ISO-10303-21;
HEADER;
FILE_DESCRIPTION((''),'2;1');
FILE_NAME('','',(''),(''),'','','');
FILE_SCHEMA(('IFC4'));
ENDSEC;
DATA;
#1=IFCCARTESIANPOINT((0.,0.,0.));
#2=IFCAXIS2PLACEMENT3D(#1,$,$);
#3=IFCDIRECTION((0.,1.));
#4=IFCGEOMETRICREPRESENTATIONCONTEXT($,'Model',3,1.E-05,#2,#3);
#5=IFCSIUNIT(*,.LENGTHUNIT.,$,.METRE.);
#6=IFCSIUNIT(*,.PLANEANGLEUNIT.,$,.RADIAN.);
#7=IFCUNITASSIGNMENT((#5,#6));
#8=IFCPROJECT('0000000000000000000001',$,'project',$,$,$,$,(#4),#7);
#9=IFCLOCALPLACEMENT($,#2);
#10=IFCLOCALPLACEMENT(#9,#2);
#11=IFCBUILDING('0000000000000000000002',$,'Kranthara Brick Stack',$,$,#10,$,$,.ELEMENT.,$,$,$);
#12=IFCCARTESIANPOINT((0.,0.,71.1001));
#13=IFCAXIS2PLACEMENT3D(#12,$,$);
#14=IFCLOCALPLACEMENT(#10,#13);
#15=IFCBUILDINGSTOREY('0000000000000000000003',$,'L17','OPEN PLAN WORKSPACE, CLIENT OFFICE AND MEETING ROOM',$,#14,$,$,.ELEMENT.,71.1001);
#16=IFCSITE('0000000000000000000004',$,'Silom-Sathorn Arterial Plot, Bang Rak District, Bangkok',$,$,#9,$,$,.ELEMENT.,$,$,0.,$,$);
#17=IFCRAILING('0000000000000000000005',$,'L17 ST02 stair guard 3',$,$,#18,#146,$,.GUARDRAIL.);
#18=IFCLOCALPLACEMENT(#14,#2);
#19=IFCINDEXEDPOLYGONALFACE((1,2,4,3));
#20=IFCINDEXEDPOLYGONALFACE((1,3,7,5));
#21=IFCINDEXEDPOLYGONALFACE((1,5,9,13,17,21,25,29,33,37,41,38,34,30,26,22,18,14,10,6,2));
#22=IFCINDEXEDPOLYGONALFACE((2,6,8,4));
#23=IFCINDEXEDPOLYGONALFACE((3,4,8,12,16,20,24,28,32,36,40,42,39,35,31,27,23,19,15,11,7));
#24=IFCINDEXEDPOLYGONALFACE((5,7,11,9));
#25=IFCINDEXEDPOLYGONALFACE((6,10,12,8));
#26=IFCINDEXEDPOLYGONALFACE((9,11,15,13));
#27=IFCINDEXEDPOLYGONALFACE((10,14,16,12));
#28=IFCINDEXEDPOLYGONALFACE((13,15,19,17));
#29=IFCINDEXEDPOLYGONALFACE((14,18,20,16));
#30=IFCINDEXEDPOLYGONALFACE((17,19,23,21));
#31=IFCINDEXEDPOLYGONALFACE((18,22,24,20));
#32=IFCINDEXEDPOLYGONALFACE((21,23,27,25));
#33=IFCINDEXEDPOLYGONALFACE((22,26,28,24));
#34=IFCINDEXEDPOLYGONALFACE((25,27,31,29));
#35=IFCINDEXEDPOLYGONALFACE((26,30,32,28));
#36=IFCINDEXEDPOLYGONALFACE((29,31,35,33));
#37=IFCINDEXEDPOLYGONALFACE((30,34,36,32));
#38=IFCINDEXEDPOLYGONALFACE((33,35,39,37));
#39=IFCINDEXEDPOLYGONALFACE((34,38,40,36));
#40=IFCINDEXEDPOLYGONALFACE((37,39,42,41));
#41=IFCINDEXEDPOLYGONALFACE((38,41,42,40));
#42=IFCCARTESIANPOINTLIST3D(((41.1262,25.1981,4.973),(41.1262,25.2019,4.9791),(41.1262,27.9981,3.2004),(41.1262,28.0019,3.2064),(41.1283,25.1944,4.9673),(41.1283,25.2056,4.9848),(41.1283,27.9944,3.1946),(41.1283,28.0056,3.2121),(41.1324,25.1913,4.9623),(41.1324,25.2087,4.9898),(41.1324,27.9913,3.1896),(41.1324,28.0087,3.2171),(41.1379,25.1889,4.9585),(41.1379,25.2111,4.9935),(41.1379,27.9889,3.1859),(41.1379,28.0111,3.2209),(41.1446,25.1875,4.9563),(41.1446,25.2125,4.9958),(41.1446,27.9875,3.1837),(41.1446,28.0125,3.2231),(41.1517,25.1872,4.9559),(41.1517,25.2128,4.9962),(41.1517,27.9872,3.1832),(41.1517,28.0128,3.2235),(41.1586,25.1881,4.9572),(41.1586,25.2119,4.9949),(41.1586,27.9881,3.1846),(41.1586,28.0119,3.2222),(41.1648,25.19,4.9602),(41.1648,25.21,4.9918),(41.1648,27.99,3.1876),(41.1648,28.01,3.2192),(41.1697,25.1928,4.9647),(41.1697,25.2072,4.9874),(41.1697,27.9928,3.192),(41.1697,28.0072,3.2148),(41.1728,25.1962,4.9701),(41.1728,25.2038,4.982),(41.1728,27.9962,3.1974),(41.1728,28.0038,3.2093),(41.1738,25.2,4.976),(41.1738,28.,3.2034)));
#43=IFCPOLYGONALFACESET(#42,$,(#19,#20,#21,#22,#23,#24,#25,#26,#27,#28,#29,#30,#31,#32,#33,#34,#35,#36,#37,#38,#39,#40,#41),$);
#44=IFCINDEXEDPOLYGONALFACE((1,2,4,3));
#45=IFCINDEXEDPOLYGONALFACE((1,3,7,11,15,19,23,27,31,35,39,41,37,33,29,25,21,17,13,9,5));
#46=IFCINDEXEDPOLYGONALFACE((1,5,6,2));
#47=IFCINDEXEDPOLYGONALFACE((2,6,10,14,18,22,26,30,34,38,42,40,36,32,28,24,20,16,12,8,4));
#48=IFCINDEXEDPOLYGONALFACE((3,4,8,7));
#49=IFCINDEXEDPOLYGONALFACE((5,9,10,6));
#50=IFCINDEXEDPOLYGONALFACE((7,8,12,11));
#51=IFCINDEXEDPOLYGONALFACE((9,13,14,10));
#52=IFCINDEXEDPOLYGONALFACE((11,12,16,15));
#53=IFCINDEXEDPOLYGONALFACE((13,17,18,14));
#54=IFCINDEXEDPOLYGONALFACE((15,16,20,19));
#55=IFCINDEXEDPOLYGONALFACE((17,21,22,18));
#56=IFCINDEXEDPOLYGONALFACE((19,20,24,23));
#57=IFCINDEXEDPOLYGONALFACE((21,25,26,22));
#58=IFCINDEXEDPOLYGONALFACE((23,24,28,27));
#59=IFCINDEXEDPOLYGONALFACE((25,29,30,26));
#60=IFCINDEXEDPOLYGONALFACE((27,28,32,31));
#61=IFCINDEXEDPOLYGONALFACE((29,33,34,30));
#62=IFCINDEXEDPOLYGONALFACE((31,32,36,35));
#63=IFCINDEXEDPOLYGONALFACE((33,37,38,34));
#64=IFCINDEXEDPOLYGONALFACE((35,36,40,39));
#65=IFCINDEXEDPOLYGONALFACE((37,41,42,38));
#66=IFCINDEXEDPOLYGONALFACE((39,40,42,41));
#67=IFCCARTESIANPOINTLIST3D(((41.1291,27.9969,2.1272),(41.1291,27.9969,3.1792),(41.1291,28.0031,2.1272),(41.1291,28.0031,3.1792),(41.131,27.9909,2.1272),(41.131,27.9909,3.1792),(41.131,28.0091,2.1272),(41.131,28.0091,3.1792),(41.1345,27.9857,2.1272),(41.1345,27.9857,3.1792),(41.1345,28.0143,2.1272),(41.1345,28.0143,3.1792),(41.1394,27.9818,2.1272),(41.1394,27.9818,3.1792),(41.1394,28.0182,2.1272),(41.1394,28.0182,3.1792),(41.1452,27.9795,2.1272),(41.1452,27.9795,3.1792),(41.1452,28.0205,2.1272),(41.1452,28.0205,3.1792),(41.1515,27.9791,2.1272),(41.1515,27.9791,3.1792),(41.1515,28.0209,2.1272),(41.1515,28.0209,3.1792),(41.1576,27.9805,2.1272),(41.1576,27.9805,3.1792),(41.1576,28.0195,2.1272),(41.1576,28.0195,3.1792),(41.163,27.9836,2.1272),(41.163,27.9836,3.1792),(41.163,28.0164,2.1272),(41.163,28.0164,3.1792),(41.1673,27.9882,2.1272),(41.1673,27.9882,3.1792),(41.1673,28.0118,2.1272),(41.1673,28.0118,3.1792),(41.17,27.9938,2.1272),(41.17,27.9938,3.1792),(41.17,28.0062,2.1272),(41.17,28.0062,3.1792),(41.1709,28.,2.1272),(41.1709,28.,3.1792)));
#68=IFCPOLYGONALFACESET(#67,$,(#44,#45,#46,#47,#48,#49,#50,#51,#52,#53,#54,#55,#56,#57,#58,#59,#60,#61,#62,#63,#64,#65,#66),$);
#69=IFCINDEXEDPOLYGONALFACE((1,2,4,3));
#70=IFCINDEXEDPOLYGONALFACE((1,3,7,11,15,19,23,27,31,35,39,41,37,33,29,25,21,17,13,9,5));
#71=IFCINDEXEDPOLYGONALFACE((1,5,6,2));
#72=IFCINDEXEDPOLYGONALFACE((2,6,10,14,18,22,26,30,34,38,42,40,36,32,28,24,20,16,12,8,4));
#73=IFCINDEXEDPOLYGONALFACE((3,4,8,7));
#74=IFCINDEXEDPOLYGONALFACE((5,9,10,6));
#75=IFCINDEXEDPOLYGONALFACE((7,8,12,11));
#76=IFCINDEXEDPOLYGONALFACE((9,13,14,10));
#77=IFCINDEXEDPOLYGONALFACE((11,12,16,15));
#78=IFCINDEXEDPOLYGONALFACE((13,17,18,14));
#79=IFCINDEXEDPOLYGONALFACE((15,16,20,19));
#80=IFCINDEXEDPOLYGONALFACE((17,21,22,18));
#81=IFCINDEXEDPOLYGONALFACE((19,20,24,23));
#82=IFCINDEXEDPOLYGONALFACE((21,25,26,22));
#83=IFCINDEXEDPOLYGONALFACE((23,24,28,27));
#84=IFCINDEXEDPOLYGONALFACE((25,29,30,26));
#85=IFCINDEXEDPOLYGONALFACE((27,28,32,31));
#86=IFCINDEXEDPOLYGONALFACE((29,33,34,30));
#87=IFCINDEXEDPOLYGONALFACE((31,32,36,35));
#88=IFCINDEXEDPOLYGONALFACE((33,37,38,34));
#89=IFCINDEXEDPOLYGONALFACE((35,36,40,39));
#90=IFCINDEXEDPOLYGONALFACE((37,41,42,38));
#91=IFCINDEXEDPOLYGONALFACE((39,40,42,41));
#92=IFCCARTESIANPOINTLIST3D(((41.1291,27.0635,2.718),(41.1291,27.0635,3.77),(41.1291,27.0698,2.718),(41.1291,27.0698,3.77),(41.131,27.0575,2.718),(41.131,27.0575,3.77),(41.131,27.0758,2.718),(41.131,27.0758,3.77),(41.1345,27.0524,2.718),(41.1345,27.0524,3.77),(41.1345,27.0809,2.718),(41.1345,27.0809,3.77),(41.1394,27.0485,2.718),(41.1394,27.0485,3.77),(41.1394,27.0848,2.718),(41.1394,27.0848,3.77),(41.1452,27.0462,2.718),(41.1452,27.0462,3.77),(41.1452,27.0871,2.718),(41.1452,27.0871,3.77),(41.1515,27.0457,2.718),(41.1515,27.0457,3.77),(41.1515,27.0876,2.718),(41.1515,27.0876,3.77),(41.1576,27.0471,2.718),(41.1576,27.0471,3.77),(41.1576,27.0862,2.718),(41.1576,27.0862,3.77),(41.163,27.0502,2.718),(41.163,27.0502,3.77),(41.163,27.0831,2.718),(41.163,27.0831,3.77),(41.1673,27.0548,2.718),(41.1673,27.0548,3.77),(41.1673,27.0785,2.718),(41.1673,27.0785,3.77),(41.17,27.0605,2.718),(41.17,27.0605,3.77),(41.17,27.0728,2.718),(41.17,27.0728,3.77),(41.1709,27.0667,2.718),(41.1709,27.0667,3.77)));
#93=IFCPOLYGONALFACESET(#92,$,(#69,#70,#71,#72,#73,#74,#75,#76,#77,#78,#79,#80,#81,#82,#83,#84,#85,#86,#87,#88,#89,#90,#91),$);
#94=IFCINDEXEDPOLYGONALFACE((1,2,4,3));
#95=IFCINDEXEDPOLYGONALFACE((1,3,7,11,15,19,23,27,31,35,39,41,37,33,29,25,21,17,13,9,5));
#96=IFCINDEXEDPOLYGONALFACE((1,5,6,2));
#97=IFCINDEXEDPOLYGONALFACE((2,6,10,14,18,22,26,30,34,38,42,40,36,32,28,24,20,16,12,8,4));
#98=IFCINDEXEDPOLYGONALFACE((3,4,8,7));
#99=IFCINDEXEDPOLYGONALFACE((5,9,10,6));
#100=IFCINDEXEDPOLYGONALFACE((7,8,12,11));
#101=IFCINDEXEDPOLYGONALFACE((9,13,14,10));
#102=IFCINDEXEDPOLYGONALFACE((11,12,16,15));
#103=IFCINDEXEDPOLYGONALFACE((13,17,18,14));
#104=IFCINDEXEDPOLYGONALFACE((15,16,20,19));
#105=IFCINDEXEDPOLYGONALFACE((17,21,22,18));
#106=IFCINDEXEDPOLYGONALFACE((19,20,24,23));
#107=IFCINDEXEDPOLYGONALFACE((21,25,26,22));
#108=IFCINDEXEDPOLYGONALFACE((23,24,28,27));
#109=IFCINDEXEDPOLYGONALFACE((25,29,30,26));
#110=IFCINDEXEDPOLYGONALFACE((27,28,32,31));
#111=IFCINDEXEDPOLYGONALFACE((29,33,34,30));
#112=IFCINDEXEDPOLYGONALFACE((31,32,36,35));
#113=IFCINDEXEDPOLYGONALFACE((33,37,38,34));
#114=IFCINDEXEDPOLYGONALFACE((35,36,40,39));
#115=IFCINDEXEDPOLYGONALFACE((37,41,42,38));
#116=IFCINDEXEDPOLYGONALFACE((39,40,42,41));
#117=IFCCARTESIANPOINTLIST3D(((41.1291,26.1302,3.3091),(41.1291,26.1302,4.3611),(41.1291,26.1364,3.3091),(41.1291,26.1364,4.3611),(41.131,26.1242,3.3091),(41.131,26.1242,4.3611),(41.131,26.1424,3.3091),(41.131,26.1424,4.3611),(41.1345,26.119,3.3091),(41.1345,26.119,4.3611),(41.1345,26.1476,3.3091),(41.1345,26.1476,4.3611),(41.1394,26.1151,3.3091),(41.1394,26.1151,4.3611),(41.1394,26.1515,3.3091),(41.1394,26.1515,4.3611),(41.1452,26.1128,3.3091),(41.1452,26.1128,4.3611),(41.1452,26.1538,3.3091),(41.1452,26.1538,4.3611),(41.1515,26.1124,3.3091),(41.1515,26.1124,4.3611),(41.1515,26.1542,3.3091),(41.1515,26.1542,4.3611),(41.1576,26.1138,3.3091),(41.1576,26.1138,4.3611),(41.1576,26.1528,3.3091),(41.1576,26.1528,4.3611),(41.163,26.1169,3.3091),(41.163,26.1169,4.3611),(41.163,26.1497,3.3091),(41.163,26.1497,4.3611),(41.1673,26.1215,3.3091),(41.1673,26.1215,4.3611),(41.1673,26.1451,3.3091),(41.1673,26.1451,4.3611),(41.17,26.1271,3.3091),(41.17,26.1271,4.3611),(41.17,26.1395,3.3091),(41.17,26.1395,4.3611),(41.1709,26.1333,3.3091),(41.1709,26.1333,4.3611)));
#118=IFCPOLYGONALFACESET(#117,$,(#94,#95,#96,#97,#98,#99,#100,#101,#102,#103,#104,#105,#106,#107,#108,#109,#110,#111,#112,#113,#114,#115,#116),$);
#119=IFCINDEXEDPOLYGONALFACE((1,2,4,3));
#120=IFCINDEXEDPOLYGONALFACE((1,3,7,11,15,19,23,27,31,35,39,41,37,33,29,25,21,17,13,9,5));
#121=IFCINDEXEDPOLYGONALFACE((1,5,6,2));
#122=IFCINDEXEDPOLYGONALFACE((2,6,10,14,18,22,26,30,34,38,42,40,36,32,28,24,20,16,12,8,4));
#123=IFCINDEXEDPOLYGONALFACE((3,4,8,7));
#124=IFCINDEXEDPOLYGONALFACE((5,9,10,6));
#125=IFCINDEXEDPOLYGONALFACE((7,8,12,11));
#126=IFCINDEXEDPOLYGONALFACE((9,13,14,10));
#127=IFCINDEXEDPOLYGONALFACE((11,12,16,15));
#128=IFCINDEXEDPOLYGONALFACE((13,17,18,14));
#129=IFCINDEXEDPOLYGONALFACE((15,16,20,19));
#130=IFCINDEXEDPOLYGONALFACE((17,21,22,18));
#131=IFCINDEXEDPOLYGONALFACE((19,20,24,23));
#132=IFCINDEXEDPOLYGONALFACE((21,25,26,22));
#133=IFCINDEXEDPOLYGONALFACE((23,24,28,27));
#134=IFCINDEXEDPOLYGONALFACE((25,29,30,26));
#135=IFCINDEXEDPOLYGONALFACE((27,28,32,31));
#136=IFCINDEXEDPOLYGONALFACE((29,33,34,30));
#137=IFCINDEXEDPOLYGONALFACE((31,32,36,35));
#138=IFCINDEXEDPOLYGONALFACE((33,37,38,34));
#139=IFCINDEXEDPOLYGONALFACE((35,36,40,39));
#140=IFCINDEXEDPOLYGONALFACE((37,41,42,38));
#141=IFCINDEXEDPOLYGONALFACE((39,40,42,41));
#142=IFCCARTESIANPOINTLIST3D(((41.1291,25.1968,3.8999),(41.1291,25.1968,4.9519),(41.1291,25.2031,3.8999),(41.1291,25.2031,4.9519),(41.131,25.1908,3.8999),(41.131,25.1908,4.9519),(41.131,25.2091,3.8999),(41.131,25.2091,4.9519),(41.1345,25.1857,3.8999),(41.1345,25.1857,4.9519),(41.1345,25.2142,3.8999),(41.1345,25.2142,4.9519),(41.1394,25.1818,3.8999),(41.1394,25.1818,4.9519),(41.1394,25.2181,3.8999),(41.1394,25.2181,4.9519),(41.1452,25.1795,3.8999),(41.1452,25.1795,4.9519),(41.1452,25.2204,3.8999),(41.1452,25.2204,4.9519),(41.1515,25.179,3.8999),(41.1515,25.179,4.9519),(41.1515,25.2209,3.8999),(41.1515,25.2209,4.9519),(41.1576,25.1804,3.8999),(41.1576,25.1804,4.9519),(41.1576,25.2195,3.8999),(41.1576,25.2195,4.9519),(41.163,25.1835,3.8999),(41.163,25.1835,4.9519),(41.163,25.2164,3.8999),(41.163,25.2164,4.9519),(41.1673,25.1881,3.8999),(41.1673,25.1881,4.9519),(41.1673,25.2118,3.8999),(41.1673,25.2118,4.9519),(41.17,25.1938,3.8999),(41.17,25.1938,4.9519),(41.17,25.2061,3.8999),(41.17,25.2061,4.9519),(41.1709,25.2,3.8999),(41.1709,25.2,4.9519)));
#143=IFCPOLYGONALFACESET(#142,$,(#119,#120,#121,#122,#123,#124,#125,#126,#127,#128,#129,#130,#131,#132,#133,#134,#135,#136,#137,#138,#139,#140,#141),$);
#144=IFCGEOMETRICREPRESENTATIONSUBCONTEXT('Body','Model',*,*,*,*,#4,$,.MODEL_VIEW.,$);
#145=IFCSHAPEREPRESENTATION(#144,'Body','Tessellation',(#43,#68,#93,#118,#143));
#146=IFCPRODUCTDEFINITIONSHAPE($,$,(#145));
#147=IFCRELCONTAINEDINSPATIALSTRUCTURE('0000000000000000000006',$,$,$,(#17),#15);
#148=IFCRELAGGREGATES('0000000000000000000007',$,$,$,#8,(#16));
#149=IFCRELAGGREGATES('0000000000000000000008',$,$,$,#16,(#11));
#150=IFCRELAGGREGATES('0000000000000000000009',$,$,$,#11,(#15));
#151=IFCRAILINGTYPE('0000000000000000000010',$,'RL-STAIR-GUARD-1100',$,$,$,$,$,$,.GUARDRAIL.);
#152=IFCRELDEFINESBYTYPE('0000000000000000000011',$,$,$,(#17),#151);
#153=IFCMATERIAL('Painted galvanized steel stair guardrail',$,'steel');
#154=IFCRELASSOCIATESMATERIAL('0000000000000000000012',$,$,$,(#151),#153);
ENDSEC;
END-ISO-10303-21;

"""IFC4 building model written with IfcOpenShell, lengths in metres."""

from ifc_helpers import new_model, si_unit, direction, frame, origin, origin_2d, place, context, subcontext, project, spatial, circle, extrude, material, type_object, element, save


model = new_model("IFC4")

# Units and contexts
model_context = context("Model", 3, precision=1e-05, world=origin(), true_north=direction((0.0, 1.0)))
body_context = subcontext(model_context, "Body", "Model", "MODEL_VIEW")
ifc_project = project(units=[si_unit("LENGTHUNIT", "METRE"), si_unit("PLANEANGLEUNIT", "RADIAN")], contexts=[model_context])

# Site, building, storey
site_placement = place(None, origin())
site = spatial("IfcSite", under=ifc_project, at=site_placement, Name="Silom-Sathorn Arterial Plot, Bang Rak District, Bangkok", CompositionType="ELEMENT", RefElevation=0.0)
building_placement = place(site_placement, origin())
building = spatial("IfcBuilding", under=site, at=building_placement, Name="Kranthara Brick Stack", CompositionType="ELEMENT")
storey_placement = place(building_placement, frame((0.0, 0.0, 71.1001)))
storey = spatial("IfcBuildingStorey", under=building, at=storey_placement, Name="L17", Description="OPEN PLAN WORKSPACE, CLIENT OFFICE AND MEETING ROOM", CompositionType="ELEMENT", Elevation=71.1001)

# Railing
ifc_material_1 = material(Name="Painted galvanized steel stair guardrail", Category="steel")
railing_type_1 = type_object("IfcRailingType", Name="RL-STAIR-GUARD-1100", PredefinedType="GUARDRAIL", material=ifc_material_1)
railing_1_placement = place(storey_placement, frame((41.1499, 28.0, 2.1272)))
element("IfcRailing", 1, at=railing_1_placement, inside=storey, type_object=railing_type_1, Name="L17 ST02 stair guard 3", PredefinedType="GUARDRAIL", context=body_context, shape_type="SweptSolid", body=[
    extrude(circle(Radius=0.0239, at=origin_2d()), frame((0.0, 0.0, 1.0762), z_axis=(0.0, -0.844909, 0.53491), x_axis=(1.0, 0.0, 0.0)), (0.0, 0.0, 1.0), 3.314),
    extrude(circle(Radius=0.021, at=origin_2d()), origin(), (0.0, 0.0, 1.0), 1.052),
    extrude(circle(Radius=0.021, at=origin_2d()), frame((0.0, -0.9333, 0.5908)), (0.0, 0.0, 1.0), 1.052),
    extrude(circle(Radius=0.021, at=origin_2d()), frame((0.0, -1.8667, 1.1819)), (0.0, 0.0, 1.0), 1.052),
    extrude(circle(Radius=0.021, at=origin_2d()), frame((0.0, -2.8, 1.7727)), (0.0, 0.0, 1.0), 1.052),
])

save(model, "model.ifc")
